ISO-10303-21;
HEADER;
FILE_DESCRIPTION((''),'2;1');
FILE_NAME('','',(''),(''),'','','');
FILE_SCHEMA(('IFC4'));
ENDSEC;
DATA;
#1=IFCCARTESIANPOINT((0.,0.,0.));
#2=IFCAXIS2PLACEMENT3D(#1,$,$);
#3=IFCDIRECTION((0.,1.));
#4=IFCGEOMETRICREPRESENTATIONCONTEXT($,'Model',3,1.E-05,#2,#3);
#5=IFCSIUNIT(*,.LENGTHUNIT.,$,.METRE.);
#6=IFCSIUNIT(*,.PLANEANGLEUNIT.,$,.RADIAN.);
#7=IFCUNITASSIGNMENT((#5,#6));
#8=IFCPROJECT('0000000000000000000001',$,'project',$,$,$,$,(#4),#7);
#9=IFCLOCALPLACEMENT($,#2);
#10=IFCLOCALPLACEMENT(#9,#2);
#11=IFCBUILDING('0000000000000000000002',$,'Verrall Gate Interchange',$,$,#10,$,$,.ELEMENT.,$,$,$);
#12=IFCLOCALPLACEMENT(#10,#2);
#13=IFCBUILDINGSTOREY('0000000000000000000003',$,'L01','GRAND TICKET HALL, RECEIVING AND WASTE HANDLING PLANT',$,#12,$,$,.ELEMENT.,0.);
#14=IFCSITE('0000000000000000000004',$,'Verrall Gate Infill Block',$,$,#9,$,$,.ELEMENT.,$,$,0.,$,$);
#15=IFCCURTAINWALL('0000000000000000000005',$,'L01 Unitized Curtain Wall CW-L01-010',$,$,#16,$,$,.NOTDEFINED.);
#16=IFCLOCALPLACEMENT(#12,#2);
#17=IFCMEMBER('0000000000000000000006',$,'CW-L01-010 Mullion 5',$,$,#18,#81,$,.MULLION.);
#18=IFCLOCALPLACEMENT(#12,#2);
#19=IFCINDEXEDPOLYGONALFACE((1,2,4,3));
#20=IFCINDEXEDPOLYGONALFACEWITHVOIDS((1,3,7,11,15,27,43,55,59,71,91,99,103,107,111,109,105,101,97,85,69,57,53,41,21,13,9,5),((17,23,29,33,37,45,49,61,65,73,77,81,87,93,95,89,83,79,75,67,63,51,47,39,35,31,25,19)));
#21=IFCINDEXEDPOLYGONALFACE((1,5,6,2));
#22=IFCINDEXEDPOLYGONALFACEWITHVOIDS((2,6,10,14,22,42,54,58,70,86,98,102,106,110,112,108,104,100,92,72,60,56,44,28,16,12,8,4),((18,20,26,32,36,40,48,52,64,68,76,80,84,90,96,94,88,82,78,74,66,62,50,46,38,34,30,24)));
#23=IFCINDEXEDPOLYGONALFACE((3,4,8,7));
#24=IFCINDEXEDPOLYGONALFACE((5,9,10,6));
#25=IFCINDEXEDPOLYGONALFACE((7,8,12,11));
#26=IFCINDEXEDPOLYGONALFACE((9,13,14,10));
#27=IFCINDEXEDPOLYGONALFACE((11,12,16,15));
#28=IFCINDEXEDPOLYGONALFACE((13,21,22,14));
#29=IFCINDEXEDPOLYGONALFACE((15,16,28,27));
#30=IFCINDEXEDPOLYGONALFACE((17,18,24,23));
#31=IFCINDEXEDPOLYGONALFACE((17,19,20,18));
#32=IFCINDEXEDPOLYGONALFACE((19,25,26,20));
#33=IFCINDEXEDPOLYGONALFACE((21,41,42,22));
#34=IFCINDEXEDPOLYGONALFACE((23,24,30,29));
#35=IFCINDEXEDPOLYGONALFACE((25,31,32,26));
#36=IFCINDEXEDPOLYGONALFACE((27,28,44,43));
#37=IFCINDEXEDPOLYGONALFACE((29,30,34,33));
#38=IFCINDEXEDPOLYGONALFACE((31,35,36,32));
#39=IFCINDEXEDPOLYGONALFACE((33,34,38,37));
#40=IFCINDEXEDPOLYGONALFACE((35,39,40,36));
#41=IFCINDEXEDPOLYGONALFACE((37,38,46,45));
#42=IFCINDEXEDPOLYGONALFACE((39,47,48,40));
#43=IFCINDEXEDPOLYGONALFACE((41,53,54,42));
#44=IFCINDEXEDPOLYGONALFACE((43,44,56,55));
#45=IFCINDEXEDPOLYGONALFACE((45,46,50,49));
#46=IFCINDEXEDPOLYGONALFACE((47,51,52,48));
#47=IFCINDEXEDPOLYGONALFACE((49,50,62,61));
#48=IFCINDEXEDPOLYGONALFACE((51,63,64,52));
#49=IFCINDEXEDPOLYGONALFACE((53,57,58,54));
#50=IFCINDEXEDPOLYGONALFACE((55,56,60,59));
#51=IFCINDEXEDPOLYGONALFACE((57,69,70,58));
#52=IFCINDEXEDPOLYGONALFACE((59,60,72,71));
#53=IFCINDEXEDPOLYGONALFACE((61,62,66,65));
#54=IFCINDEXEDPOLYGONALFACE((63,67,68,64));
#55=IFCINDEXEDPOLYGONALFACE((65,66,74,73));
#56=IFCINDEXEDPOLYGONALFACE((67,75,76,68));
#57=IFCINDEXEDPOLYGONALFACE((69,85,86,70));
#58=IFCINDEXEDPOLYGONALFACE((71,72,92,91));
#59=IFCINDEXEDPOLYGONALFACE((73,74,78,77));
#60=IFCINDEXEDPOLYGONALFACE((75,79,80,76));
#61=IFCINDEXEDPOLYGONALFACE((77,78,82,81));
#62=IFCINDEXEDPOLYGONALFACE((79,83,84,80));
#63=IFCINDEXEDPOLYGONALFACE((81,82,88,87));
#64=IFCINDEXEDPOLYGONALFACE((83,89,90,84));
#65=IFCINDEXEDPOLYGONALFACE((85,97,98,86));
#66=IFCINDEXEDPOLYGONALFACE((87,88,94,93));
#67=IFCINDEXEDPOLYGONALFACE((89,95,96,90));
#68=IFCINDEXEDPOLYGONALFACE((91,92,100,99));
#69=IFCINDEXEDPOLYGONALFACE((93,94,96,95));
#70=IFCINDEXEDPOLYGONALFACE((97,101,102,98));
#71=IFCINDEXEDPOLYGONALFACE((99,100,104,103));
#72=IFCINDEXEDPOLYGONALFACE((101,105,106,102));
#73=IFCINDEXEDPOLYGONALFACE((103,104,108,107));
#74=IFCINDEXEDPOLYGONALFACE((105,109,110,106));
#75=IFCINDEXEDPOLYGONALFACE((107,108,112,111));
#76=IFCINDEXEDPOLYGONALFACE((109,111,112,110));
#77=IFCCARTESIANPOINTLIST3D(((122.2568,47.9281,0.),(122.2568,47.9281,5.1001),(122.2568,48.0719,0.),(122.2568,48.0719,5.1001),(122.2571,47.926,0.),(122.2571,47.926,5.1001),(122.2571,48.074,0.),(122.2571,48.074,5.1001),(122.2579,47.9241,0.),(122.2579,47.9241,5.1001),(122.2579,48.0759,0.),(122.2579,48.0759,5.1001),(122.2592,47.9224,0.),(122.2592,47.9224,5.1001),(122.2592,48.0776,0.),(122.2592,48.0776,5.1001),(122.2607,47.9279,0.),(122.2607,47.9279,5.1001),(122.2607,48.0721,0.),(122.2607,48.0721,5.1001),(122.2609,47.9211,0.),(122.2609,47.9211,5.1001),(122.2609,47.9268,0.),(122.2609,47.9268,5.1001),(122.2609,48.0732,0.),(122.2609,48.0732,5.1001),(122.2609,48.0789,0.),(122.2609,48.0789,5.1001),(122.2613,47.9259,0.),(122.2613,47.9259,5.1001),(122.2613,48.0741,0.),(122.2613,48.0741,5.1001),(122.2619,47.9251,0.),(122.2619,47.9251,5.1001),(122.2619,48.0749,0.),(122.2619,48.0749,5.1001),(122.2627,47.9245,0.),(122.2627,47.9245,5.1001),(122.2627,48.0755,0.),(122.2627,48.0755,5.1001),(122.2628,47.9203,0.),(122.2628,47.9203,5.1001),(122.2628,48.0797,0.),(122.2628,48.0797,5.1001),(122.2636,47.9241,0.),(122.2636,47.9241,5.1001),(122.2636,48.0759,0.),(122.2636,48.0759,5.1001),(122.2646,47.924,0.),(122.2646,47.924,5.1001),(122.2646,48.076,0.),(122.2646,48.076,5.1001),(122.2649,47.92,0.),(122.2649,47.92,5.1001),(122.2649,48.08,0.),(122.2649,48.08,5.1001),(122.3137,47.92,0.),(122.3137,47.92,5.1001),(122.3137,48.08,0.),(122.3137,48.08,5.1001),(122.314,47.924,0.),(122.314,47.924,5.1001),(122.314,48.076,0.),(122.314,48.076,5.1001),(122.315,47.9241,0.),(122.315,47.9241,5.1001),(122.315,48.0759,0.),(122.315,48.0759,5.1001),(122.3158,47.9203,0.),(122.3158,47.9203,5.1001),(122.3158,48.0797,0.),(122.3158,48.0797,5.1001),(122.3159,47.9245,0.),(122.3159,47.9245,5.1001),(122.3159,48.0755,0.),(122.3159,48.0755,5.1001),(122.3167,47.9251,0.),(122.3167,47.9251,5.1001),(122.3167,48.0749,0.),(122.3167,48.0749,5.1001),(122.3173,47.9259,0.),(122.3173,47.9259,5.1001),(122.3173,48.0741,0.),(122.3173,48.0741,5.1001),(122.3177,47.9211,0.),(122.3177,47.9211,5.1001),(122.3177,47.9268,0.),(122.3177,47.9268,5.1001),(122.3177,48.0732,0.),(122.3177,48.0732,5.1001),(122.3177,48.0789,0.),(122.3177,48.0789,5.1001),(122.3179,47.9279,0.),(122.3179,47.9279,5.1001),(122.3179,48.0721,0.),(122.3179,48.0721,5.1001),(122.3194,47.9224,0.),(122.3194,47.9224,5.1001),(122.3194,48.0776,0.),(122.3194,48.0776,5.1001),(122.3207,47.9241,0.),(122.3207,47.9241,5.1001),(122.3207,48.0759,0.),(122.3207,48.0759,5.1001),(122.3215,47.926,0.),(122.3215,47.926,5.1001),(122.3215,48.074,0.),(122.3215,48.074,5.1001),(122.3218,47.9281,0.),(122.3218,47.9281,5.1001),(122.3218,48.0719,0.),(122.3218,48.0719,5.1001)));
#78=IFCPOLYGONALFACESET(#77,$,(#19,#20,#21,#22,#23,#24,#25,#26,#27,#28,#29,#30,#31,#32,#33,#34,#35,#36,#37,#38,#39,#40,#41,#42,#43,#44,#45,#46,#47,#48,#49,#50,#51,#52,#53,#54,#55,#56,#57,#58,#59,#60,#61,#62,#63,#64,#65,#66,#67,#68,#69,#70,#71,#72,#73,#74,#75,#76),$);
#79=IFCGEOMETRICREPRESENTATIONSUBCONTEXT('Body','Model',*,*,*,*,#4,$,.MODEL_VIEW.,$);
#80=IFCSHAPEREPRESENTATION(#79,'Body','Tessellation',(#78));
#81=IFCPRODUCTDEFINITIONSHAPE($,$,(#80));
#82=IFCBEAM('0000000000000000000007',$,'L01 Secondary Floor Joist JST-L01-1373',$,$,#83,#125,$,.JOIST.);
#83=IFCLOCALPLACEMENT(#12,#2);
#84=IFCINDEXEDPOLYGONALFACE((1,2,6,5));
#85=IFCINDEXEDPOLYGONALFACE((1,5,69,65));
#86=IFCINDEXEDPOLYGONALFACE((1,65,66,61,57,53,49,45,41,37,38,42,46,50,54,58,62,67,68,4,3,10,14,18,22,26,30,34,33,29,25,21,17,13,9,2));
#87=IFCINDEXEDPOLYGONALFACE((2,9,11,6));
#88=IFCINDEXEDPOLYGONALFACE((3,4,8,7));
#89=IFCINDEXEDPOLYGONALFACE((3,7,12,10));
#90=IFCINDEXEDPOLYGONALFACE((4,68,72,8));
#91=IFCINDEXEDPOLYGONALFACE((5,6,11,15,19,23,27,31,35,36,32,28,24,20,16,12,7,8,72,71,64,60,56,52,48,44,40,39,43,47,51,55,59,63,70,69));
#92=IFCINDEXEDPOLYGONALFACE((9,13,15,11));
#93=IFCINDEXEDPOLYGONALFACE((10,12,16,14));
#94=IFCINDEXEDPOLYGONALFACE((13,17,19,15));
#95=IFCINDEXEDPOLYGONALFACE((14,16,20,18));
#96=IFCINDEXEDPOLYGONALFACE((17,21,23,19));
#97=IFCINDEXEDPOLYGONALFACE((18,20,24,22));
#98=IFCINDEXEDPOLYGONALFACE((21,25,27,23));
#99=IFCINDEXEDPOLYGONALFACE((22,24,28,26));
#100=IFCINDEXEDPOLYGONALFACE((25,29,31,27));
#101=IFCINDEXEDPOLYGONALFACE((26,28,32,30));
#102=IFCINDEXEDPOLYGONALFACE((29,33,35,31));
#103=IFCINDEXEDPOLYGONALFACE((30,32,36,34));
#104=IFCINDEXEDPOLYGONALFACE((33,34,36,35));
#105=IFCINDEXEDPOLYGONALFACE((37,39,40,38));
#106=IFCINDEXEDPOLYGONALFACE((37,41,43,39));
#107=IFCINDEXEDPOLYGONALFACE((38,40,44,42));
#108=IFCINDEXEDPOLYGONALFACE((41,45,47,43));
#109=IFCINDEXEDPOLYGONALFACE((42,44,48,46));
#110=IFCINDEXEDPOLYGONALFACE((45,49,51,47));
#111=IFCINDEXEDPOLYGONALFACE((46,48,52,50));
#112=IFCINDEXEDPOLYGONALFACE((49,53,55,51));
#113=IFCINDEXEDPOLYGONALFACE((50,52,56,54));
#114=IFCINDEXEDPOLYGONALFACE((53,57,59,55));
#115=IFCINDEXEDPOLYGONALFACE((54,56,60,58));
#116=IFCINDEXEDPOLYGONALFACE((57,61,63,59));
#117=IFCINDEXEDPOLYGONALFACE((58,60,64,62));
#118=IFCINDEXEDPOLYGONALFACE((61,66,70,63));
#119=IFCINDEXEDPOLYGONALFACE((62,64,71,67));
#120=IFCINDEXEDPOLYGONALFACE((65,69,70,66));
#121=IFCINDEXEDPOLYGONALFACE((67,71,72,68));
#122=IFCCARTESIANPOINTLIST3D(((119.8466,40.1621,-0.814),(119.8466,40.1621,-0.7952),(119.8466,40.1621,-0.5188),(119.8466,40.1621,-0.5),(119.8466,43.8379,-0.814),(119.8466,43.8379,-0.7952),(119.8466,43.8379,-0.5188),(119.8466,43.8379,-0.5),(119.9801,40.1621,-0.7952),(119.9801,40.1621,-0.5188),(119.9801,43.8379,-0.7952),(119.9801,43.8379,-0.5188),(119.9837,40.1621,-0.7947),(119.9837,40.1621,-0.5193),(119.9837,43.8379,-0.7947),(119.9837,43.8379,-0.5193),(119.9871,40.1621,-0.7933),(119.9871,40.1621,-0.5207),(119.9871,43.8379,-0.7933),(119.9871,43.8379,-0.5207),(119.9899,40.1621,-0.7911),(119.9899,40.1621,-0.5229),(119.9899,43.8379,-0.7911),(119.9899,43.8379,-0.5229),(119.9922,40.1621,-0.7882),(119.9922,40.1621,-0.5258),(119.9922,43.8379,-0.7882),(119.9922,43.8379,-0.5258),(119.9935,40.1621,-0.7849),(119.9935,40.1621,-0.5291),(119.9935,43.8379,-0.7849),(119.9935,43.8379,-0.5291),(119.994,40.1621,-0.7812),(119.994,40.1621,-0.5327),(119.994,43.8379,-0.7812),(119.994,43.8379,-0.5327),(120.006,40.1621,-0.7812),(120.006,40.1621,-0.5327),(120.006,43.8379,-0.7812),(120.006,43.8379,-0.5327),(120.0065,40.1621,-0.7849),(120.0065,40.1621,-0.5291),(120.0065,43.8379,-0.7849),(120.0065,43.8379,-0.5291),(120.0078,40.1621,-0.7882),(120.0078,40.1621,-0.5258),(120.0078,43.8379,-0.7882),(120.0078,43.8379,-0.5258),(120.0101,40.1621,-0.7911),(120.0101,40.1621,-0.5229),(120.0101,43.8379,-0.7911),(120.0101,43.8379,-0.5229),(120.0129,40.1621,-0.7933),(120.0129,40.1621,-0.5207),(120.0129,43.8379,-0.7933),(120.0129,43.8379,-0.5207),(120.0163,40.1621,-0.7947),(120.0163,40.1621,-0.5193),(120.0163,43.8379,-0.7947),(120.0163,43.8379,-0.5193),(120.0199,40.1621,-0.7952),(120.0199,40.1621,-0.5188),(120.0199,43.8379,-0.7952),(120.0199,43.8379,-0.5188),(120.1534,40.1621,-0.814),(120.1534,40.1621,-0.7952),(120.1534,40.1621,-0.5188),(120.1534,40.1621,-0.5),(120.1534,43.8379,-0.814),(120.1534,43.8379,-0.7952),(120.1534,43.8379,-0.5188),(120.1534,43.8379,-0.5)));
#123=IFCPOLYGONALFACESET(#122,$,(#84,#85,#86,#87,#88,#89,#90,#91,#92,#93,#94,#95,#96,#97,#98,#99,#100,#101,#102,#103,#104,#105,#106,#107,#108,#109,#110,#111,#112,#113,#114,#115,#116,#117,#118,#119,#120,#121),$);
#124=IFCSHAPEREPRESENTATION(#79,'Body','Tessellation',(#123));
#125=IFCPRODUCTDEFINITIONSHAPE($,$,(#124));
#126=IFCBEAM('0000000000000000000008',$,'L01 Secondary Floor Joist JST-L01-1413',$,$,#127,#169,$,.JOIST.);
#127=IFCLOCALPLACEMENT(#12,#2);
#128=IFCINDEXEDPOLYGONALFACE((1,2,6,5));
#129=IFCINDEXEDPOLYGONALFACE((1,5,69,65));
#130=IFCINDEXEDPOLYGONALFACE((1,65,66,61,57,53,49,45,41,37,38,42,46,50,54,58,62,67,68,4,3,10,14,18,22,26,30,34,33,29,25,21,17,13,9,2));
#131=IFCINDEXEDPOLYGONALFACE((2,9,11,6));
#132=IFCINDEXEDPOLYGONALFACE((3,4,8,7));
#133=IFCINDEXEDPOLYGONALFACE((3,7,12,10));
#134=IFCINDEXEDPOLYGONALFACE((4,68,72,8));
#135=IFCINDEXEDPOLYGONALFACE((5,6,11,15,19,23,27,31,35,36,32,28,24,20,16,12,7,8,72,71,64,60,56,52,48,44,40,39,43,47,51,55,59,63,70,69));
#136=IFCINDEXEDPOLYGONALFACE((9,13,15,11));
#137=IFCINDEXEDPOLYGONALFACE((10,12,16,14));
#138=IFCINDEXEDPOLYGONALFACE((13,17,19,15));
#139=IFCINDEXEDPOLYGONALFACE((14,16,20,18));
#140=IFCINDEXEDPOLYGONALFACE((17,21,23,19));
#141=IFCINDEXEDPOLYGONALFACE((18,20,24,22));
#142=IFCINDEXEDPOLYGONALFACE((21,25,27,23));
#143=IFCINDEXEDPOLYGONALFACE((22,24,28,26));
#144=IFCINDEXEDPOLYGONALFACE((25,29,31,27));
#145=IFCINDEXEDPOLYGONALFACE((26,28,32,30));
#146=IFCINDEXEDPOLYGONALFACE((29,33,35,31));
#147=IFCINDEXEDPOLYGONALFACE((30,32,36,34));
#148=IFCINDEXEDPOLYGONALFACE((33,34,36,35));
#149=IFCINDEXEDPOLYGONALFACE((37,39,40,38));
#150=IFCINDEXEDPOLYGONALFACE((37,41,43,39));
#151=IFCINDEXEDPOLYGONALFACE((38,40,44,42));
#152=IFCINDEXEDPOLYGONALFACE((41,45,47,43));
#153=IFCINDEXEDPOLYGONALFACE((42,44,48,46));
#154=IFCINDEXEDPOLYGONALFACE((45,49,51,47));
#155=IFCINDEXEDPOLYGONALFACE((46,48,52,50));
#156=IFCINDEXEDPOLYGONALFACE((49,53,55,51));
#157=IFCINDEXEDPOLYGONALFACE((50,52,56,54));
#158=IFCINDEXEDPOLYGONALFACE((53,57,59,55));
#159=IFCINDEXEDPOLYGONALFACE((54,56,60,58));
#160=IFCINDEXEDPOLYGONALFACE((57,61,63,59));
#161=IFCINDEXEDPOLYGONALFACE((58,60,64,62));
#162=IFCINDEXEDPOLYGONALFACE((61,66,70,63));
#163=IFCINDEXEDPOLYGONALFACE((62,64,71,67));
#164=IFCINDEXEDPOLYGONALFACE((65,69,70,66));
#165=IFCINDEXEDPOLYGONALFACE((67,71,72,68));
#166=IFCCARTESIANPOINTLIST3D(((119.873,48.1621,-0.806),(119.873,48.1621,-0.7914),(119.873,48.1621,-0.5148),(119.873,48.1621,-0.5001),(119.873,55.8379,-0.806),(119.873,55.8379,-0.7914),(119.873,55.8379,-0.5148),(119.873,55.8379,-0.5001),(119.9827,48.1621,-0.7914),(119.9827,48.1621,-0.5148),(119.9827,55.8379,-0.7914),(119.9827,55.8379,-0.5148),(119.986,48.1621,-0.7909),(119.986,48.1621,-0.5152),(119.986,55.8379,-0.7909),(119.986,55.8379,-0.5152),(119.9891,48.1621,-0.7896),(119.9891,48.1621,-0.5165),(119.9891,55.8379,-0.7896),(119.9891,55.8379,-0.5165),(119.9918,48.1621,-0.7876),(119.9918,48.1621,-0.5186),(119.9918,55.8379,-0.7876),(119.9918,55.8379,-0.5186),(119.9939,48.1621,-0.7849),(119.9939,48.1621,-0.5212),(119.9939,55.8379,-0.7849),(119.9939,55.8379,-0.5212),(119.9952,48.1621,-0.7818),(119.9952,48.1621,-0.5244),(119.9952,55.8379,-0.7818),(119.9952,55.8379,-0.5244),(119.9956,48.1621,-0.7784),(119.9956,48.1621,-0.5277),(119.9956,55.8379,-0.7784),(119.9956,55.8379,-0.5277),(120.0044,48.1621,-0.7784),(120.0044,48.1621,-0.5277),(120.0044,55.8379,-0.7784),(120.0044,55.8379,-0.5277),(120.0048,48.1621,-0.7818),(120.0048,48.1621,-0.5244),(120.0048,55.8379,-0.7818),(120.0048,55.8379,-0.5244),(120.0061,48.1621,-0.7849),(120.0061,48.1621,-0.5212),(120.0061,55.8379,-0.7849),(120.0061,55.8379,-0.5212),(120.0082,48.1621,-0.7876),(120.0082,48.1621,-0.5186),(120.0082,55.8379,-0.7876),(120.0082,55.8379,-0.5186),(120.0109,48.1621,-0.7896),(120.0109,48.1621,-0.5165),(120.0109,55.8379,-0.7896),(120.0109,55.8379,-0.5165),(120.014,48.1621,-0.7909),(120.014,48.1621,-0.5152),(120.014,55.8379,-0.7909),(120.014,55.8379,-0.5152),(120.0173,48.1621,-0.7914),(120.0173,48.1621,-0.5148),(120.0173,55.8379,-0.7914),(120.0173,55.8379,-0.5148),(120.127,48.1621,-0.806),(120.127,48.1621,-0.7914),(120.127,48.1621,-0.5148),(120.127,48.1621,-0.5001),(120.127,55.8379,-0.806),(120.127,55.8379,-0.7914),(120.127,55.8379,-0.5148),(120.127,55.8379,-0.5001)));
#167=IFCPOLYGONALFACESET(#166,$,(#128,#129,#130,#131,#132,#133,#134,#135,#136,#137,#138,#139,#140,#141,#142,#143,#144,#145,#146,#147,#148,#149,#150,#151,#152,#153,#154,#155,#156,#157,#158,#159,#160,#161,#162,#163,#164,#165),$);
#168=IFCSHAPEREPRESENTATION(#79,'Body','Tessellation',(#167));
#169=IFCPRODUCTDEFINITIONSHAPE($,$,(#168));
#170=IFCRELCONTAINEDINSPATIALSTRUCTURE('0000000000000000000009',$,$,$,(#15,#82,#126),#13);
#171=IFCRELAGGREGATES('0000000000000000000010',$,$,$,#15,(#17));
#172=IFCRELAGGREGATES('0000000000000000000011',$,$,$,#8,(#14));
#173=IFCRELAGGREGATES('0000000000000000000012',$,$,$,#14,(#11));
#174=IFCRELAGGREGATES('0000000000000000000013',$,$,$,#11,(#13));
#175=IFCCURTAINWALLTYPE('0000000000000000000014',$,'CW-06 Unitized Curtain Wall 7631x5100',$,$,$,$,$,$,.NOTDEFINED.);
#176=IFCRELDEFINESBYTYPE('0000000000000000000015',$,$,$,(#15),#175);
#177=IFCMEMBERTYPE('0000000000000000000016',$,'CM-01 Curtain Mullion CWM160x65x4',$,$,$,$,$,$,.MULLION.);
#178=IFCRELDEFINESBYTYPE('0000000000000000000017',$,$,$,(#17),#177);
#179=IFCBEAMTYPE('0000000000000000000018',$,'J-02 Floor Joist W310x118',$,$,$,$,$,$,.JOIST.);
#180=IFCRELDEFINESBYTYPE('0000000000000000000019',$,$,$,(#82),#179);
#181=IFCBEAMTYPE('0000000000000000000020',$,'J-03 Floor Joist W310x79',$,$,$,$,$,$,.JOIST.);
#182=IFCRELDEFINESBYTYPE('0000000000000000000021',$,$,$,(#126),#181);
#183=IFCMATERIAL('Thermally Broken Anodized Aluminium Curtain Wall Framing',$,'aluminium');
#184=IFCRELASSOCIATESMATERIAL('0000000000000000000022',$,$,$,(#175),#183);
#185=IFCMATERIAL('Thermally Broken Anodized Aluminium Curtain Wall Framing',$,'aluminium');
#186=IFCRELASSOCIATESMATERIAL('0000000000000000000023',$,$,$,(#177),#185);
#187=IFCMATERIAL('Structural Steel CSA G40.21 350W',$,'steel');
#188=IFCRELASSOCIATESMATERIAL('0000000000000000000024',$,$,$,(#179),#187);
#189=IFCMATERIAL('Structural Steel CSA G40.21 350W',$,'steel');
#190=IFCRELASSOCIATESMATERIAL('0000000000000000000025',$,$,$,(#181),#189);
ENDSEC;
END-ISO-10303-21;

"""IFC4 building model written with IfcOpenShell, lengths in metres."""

from ifc_helpers import new_model, si_unit, direction, frame, origin, origin_2d, place, context, subcontext, project, spatial, hollow_rectangle, i_section, extrude, material, material_profile, profile_set, type_object, element, aggregate, save


model = new_model("IFC4")

# Units and contexts
model_context = context("Model", 3, precision=1e-05, world=origin(), true_north=direction((0.0, 1.0)))
body_context = subcontext(model_context, "Body", "Model", "MODEL_VIEW")
ifc_project = project(units=[si_unit("LENGTHUNIT", "METRE"), si_unit("PLANEANGLEUNIT", "RADIAN")], contexts=[model_context])

# Site, building, storey
site_placement = place(None, origin())
site = spatial("IfcSite", under=ifc_project, at=site_placement, Name="Verrall Gate Infill Block", CompositionType="ELEMENT", RefElevation=0.0)
building_placement = place(site_placement, origin())
building = spatial("IfcBuilding", under=site, at=building_placement, Name="Verrall Gate Interchange", CompositionType="ELEMENT")
storey_placement = place(building_placement, origin())
storey = spatial("IfcBuildingStorey", under=building, at=storey_placement, Name="L01", Description="GRAND TICKET HALL, RECEIVING AND WASTE HANDLING PLANT", CompositionType="ELEMENT", Elevation=0.0)

# Curtain wall, member
ifc_material_1 = material(Name="Thermally Broken Anodized Aluminium Curtain Wall Framing", Category="aluminium")
curtain_wall_type = type_object("IfcCurtainWallType", Name="CW-06 Unitized Curtain Wall 7631x5100", PredefinedType="NOTDEFINED", material=ifc_material_1)
curtain_wall_placement = place(storey_placement, origin())
curtain_wall = element("IfcCurtainWall", 1, at=curtain_wall_placement, inside=storey, type_object=curtain_wall_type, Name="L01 Unitized Curtain Wall CW-L01-010", PredefinedType="NOTDEFINED")
ifc_material_2 = material(Name="Thermally Broken Anodized Aluminium Curtain Wall Framing", Category="aluminium")
ifc_material_profile_1 = material_profile(ifc_material_2, hollow_rectangle(XDim=0.0649, YDim=0.1599, WallThickness=0.0039, InnerFilletRadius=0.0039, OuterFilletRadius=0.0081, at=origin_2d()), Name="CWM160x65x4")
ifc_profile_set_1 = profile_set([ifc_material_profile_1], Name="Thermally Broken Anodized Aluminium Curtain Wall Framing")
member_type = type_object("IfcMemberType", Name="CM-01 Curtain Mullion CWM160x65x4", PredefinedType="MULLION", material=ifc_profile_set_1)
member_1_placement = place(storey_placement, frame((122.2893, 48.0, 0.0), z_axis=(0.0, 0.0, 1.0), x_axis=(1.0, 0.0, 0.0)))
member_1 = element("IfcMember", 2, at=member_1_placement, type_object=member_type, Name="CW-L01-010 Mullion 5", PredefinedType="MULLION", context=body_context, shape_type="SweptSolid", body=[
    extrude(hollow_rectangle(XDim=0.0649, YDim=0.1599, WallThickness=0.0039, InnerFilletRadius=0.0039, OuterFilletRadius=0.0081, at=origin_2d()), origin(), (0.0, 0.0, 1.0), 5.1001),
])

# Beams
ifc_material_3 = material(Name="Structural Steel CSA G40.21 350W", Category="steel")
ifc_material_profile_2 = material_profile(ifc_material_3, i_section(OverallWidth=0.3069, OverallDepth=0.314, WebThickness=0.012, FlangeThickness=0.0188, FilletRadius=0.0139, at=origin_2d()), Name="W310x118")
ifc_profile_set_2 = profile_set([ifc_material_profile_2], Name="Structural Steel CSA G40.21 350W")
beam_type_1 = type_object("IfcBeamType", Name="J-02 Floor Joist W310x118", PredefinedType="JOIST", material=ifc_profile_set_2)
beam_1_placement = place(storey_placement, frame((120.0, 40.1621, -0.657), z_axis=(0.0, 1.0, 0.0), x_axis=(-1.0, 0.0, 0.0)))
element("IfcBeam", 3, at=beam_1_placement, inside=storey, type_object=beam_type_1, Name="L01 Secondary Floor Joist JST-L01-1373", PredefinedType="JOIST", context=body_context, shape_type="SweptSolid", body=[
    extrude(i_section(OverallWidth=0.3069, OverallDepth=0.314, WebThickness=0.012, FlangeThickness=0.0188, FilletRadius=0.0139, at=origin_2d()), origin(), (0.0, 0.0, 1.0), 3.6758),
])
ifc_material_4 = material(Name="Structural Steel CSA G40.21 350W", Category="steel")
ifc_material_profile_3 = material_profile(ifc_material_4, i_section(OverallWidth=0.2539, OverallDepth=0.3059, WebThickness=0.0088, FlangeThickness=0.0146, FilletRadius=0.0129, at=origin_2d()), Name="W310x79")
ifc_profile_set_3 = profile_set([ifc_material_profile_3], Name="Structural Steel CSA G40.21 350W")
beam_type_2 = type_object("IfcBeamType", Name="J-03 Floor Joist W310x79", PredefinedType="JOIST", material=ifc_profile_set_3)
beam_2_placement = place(storey_placement, frame((120.0, 48.1621, -0.6531), z_axis=(0.0, 1.0, 0.0), x_axis=(-1.0, 0.0, 0.0)))
element("IfcBeam", 4, at=beam_2_placement, inside=storey, type_object=beam_type_2, Name="L01 Secondary Floor Joist JST-L01-1413", PredefinedType="JOIST", context=body_context, shape_type="SweptSolid", body=[
    extrude(i_section(OverallWidth=0.2539, OverallDepth=0.3059, WebThickness=0.0088, FlangeThickness=0.0146, FilletRadius=0.0129, at=origin_2d()), origin(), (0.0, 0.0, 1.0), 7.6758),
])

aggregate(curtain_wall, [member_1])

save(model, "model.ifc")
